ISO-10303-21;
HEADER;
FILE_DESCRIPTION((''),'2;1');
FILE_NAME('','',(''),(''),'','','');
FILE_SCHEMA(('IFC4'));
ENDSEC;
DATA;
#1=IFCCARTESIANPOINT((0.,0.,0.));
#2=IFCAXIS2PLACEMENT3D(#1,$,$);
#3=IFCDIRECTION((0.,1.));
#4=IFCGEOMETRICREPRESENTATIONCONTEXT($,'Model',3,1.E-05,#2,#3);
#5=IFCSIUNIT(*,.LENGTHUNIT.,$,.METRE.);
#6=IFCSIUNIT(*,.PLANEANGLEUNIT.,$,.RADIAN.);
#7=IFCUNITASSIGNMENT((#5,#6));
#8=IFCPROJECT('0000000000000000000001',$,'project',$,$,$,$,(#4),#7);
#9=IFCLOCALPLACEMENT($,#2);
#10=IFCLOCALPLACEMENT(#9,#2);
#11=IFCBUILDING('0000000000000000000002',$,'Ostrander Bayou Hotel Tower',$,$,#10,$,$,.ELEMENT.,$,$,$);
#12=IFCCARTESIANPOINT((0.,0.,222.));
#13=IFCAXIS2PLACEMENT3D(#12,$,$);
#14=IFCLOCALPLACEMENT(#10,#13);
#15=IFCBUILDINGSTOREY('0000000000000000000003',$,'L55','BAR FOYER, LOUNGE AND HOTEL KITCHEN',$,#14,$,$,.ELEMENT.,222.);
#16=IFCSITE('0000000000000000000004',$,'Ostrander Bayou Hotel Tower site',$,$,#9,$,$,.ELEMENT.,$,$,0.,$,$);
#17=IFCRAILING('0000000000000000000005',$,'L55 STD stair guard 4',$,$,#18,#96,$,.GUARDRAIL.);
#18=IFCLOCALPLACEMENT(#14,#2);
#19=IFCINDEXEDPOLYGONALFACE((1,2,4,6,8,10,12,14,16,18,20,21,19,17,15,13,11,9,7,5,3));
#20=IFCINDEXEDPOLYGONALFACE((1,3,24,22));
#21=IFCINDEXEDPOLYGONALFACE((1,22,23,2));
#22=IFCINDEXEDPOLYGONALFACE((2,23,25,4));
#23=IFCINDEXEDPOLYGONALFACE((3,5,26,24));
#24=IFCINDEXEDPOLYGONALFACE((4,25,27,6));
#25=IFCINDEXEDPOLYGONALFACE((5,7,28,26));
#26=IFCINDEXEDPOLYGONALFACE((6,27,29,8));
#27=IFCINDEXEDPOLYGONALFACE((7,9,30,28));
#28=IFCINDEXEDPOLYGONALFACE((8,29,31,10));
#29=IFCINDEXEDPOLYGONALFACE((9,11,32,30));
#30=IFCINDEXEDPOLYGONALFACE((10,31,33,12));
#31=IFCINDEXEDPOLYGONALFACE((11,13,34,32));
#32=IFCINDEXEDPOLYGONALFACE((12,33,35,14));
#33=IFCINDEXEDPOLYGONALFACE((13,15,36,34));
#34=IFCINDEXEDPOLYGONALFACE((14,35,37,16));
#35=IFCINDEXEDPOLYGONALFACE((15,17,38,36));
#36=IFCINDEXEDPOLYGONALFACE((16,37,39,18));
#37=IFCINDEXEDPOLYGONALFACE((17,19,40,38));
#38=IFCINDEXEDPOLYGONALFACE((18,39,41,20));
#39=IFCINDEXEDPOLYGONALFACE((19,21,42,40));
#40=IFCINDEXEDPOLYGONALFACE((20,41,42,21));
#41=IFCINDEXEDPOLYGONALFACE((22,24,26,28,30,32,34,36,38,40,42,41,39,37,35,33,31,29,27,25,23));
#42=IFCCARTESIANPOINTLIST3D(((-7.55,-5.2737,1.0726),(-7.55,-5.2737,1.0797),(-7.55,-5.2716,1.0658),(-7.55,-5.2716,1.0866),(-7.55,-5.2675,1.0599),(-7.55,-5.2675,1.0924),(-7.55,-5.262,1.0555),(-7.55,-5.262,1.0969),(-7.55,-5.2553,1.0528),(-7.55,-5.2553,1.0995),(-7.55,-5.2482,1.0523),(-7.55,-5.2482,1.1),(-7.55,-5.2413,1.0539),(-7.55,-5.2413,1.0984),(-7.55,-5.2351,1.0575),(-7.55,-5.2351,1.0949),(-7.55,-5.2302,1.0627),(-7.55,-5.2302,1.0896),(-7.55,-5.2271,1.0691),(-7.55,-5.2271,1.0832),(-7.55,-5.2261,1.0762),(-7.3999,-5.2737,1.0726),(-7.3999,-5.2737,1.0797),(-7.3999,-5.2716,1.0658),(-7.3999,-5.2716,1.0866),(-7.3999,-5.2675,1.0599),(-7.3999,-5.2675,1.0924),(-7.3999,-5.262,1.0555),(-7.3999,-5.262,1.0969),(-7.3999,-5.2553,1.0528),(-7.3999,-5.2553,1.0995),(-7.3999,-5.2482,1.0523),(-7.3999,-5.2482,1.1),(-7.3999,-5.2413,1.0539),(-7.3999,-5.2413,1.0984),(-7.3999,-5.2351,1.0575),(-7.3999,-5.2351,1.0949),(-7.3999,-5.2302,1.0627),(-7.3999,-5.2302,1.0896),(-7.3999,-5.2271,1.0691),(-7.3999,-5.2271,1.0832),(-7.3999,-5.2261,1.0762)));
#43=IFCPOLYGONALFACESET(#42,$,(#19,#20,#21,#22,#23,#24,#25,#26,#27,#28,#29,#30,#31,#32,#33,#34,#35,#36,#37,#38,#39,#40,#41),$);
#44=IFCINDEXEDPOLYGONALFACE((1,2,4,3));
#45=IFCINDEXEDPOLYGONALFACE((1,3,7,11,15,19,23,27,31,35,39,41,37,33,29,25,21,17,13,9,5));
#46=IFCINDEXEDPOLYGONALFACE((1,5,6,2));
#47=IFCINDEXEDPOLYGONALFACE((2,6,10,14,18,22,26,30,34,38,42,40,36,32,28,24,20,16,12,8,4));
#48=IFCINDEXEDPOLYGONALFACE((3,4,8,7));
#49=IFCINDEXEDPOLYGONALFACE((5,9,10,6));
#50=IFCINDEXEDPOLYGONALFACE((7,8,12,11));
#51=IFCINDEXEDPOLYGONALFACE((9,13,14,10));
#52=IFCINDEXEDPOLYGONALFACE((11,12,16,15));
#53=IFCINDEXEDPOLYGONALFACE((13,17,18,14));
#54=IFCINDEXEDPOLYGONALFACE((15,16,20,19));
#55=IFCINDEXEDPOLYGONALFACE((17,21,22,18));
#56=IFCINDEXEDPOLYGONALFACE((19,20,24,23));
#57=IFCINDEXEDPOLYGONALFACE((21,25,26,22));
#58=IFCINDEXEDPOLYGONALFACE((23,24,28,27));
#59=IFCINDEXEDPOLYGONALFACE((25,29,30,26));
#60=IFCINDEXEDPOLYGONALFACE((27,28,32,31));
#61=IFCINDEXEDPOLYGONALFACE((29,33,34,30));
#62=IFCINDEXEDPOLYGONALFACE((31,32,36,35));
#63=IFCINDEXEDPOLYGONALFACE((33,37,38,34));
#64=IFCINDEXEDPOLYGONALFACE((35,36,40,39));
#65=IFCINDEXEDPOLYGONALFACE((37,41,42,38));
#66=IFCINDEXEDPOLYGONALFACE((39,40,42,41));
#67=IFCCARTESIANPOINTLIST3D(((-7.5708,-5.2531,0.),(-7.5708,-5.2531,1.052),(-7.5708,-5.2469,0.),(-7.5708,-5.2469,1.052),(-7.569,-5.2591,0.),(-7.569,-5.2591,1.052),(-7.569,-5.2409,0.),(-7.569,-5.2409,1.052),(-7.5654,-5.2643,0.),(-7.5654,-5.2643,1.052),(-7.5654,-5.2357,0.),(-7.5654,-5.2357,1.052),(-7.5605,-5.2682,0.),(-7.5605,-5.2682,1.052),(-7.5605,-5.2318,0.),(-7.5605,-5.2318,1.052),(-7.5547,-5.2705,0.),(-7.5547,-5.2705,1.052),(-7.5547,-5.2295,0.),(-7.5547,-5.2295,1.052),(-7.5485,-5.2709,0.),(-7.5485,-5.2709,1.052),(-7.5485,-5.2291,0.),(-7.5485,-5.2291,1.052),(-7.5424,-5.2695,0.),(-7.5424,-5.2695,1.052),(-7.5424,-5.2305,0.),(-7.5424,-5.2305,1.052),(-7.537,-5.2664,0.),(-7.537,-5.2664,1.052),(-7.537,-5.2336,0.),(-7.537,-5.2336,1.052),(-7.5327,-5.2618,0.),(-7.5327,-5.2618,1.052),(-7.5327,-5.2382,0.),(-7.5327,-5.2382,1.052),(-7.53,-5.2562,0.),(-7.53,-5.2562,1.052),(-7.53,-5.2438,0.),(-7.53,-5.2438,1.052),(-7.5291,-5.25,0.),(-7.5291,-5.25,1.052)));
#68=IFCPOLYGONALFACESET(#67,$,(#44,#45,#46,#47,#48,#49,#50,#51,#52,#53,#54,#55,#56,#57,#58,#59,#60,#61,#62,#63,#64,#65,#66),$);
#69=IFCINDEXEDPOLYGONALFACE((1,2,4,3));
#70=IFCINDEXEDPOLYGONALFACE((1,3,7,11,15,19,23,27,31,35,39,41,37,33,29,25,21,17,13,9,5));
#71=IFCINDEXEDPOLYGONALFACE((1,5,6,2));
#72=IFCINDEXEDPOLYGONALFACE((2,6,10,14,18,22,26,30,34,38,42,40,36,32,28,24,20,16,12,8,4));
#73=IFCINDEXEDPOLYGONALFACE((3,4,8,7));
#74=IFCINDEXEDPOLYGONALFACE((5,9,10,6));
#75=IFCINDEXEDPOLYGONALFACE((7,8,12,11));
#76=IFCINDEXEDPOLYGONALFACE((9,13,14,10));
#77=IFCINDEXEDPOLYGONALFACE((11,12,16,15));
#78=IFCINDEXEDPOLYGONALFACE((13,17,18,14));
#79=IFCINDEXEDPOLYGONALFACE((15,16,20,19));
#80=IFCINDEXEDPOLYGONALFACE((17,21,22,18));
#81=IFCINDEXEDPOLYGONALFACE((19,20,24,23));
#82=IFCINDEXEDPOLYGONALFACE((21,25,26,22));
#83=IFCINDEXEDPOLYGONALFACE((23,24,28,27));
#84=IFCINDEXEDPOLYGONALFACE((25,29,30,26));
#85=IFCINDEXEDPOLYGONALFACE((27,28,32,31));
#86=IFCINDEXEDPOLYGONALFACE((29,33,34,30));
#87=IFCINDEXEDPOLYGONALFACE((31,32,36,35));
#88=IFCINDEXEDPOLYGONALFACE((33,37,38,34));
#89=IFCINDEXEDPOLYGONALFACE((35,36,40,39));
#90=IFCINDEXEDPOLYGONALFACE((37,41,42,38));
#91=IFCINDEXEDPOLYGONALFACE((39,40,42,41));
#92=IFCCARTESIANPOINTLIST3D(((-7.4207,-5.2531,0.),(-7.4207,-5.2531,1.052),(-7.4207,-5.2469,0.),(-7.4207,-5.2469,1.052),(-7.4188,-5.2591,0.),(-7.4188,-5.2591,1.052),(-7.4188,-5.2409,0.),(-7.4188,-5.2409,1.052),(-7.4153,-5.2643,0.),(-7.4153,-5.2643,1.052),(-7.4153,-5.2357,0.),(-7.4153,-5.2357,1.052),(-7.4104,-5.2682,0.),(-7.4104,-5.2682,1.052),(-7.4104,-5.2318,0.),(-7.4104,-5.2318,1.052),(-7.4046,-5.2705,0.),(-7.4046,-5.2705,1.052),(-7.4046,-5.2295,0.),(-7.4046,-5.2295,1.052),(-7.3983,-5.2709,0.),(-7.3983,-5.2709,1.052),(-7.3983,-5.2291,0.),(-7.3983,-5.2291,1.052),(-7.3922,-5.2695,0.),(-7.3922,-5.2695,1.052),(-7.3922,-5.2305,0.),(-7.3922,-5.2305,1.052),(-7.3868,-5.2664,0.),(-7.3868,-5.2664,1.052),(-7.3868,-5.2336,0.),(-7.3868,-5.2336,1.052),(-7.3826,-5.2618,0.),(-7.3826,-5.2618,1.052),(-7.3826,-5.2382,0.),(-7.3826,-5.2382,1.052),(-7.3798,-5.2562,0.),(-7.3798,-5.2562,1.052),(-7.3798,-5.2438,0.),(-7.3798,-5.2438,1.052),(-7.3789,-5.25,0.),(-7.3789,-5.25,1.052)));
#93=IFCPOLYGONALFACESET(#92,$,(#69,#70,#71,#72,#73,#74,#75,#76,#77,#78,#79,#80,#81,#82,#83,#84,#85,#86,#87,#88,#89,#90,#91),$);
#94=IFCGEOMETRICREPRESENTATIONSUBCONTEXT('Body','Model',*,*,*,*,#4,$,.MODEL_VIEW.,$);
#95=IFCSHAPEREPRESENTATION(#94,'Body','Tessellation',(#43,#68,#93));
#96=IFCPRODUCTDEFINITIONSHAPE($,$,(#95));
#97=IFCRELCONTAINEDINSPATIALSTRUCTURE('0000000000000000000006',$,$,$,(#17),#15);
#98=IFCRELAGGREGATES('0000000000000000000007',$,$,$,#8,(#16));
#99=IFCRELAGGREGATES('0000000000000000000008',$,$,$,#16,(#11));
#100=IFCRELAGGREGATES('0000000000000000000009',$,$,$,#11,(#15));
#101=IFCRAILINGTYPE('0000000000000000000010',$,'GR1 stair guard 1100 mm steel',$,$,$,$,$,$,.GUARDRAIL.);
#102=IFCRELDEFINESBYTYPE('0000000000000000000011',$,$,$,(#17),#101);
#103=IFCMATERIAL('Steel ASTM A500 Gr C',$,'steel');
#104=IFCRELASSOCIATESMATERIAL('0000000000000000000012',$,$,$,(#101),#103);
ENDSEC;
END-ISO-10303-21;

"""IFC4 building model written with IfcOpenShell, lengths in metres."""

from ifc_helpers import new_model, si_unit, direction, frame, origin, origin_2d, place, context, subcontext, project, spatial, circle, extrude, material, type_object, element, save


model = new_model("IFC4")

# Units and contexts
model_context = context("Model", 3, precision=1e-05, world=origin(), true_north=direction((0.0, 1.0)))
body_context = subcontext(model_context, "Body", "Model", "MODEL_VIEW")
ifc_project = project(units=[si_unit("LENGTHUNIT", "METRE"), si_unit("PLANEANGLEUNIT", "RADIAN")], contexts=[model_context])

# Site, building, storey
site_placement = place(None, origin())
site = spatial("IfcSite", under=ifc_project, at=site_placement, Name="Ostrander Bayou Hotel Tower site", CompositionType="ELEMENT", RefElevation=0.0)
building_placement = place(site_placement, origin())
building = spatial("IfcBuilding", under=site, at=building_placement, Name="Ostrander Bayou Hotel Tower", CompositionType="ELEMENT")
storey_placement = place(building_placement, frame((0.0, 0.0, 222.0)))
storey = spatial("IfcBuildingStorey", under=building, at=storey_placement, Name="L55", Description="BAR FOYER, LOUNGE AND HOTEL KITCHEN", CompositionType="ELEMENT", Elevation=222.0)

# Railing
ifc_material_1 = material(Name="Steel ASTM A500 Gr C", Category="steel")
railing_type_1 = type_object("IfcRailingType", Name="GR1 stair guard 1100 mm steel", PredefinedType="GUARDRAIL", material=ifc_material_1)
railing_1_placement = place(storey_placement, frame((-7.55, -5.25, 0.0)))
element("IfcRailing", 1, at=railing_1_placement, inside=storey, type_object=railing_type_1, Name="L55 STD stair guard 4", PredefinedType="GUARDRAIL", context=body_context, shape_type="SweptSolid", body=[
    extrude(circle(Radius=0.0239, at=origin_2d()), frame((0.0, 0.0, 1.0762), z_axis=(1.0, 0.0, 0.0), x_axis=(0.0, 1.0, 0.0)), (0.0, 0.0, 1.0), 0.1501),
    extrude(circle(Radius=0.021, at=origin_2d()), origin(), (0.0, 0.0, 1.0), 1.052),
    extrude(circle(Radius=0.021, at=origin_2d()), frame((0.1501, 0.0, 0.0)), (0.0, 0.0, 1.0), 1.052),
])

save(model, "model.ifc")
